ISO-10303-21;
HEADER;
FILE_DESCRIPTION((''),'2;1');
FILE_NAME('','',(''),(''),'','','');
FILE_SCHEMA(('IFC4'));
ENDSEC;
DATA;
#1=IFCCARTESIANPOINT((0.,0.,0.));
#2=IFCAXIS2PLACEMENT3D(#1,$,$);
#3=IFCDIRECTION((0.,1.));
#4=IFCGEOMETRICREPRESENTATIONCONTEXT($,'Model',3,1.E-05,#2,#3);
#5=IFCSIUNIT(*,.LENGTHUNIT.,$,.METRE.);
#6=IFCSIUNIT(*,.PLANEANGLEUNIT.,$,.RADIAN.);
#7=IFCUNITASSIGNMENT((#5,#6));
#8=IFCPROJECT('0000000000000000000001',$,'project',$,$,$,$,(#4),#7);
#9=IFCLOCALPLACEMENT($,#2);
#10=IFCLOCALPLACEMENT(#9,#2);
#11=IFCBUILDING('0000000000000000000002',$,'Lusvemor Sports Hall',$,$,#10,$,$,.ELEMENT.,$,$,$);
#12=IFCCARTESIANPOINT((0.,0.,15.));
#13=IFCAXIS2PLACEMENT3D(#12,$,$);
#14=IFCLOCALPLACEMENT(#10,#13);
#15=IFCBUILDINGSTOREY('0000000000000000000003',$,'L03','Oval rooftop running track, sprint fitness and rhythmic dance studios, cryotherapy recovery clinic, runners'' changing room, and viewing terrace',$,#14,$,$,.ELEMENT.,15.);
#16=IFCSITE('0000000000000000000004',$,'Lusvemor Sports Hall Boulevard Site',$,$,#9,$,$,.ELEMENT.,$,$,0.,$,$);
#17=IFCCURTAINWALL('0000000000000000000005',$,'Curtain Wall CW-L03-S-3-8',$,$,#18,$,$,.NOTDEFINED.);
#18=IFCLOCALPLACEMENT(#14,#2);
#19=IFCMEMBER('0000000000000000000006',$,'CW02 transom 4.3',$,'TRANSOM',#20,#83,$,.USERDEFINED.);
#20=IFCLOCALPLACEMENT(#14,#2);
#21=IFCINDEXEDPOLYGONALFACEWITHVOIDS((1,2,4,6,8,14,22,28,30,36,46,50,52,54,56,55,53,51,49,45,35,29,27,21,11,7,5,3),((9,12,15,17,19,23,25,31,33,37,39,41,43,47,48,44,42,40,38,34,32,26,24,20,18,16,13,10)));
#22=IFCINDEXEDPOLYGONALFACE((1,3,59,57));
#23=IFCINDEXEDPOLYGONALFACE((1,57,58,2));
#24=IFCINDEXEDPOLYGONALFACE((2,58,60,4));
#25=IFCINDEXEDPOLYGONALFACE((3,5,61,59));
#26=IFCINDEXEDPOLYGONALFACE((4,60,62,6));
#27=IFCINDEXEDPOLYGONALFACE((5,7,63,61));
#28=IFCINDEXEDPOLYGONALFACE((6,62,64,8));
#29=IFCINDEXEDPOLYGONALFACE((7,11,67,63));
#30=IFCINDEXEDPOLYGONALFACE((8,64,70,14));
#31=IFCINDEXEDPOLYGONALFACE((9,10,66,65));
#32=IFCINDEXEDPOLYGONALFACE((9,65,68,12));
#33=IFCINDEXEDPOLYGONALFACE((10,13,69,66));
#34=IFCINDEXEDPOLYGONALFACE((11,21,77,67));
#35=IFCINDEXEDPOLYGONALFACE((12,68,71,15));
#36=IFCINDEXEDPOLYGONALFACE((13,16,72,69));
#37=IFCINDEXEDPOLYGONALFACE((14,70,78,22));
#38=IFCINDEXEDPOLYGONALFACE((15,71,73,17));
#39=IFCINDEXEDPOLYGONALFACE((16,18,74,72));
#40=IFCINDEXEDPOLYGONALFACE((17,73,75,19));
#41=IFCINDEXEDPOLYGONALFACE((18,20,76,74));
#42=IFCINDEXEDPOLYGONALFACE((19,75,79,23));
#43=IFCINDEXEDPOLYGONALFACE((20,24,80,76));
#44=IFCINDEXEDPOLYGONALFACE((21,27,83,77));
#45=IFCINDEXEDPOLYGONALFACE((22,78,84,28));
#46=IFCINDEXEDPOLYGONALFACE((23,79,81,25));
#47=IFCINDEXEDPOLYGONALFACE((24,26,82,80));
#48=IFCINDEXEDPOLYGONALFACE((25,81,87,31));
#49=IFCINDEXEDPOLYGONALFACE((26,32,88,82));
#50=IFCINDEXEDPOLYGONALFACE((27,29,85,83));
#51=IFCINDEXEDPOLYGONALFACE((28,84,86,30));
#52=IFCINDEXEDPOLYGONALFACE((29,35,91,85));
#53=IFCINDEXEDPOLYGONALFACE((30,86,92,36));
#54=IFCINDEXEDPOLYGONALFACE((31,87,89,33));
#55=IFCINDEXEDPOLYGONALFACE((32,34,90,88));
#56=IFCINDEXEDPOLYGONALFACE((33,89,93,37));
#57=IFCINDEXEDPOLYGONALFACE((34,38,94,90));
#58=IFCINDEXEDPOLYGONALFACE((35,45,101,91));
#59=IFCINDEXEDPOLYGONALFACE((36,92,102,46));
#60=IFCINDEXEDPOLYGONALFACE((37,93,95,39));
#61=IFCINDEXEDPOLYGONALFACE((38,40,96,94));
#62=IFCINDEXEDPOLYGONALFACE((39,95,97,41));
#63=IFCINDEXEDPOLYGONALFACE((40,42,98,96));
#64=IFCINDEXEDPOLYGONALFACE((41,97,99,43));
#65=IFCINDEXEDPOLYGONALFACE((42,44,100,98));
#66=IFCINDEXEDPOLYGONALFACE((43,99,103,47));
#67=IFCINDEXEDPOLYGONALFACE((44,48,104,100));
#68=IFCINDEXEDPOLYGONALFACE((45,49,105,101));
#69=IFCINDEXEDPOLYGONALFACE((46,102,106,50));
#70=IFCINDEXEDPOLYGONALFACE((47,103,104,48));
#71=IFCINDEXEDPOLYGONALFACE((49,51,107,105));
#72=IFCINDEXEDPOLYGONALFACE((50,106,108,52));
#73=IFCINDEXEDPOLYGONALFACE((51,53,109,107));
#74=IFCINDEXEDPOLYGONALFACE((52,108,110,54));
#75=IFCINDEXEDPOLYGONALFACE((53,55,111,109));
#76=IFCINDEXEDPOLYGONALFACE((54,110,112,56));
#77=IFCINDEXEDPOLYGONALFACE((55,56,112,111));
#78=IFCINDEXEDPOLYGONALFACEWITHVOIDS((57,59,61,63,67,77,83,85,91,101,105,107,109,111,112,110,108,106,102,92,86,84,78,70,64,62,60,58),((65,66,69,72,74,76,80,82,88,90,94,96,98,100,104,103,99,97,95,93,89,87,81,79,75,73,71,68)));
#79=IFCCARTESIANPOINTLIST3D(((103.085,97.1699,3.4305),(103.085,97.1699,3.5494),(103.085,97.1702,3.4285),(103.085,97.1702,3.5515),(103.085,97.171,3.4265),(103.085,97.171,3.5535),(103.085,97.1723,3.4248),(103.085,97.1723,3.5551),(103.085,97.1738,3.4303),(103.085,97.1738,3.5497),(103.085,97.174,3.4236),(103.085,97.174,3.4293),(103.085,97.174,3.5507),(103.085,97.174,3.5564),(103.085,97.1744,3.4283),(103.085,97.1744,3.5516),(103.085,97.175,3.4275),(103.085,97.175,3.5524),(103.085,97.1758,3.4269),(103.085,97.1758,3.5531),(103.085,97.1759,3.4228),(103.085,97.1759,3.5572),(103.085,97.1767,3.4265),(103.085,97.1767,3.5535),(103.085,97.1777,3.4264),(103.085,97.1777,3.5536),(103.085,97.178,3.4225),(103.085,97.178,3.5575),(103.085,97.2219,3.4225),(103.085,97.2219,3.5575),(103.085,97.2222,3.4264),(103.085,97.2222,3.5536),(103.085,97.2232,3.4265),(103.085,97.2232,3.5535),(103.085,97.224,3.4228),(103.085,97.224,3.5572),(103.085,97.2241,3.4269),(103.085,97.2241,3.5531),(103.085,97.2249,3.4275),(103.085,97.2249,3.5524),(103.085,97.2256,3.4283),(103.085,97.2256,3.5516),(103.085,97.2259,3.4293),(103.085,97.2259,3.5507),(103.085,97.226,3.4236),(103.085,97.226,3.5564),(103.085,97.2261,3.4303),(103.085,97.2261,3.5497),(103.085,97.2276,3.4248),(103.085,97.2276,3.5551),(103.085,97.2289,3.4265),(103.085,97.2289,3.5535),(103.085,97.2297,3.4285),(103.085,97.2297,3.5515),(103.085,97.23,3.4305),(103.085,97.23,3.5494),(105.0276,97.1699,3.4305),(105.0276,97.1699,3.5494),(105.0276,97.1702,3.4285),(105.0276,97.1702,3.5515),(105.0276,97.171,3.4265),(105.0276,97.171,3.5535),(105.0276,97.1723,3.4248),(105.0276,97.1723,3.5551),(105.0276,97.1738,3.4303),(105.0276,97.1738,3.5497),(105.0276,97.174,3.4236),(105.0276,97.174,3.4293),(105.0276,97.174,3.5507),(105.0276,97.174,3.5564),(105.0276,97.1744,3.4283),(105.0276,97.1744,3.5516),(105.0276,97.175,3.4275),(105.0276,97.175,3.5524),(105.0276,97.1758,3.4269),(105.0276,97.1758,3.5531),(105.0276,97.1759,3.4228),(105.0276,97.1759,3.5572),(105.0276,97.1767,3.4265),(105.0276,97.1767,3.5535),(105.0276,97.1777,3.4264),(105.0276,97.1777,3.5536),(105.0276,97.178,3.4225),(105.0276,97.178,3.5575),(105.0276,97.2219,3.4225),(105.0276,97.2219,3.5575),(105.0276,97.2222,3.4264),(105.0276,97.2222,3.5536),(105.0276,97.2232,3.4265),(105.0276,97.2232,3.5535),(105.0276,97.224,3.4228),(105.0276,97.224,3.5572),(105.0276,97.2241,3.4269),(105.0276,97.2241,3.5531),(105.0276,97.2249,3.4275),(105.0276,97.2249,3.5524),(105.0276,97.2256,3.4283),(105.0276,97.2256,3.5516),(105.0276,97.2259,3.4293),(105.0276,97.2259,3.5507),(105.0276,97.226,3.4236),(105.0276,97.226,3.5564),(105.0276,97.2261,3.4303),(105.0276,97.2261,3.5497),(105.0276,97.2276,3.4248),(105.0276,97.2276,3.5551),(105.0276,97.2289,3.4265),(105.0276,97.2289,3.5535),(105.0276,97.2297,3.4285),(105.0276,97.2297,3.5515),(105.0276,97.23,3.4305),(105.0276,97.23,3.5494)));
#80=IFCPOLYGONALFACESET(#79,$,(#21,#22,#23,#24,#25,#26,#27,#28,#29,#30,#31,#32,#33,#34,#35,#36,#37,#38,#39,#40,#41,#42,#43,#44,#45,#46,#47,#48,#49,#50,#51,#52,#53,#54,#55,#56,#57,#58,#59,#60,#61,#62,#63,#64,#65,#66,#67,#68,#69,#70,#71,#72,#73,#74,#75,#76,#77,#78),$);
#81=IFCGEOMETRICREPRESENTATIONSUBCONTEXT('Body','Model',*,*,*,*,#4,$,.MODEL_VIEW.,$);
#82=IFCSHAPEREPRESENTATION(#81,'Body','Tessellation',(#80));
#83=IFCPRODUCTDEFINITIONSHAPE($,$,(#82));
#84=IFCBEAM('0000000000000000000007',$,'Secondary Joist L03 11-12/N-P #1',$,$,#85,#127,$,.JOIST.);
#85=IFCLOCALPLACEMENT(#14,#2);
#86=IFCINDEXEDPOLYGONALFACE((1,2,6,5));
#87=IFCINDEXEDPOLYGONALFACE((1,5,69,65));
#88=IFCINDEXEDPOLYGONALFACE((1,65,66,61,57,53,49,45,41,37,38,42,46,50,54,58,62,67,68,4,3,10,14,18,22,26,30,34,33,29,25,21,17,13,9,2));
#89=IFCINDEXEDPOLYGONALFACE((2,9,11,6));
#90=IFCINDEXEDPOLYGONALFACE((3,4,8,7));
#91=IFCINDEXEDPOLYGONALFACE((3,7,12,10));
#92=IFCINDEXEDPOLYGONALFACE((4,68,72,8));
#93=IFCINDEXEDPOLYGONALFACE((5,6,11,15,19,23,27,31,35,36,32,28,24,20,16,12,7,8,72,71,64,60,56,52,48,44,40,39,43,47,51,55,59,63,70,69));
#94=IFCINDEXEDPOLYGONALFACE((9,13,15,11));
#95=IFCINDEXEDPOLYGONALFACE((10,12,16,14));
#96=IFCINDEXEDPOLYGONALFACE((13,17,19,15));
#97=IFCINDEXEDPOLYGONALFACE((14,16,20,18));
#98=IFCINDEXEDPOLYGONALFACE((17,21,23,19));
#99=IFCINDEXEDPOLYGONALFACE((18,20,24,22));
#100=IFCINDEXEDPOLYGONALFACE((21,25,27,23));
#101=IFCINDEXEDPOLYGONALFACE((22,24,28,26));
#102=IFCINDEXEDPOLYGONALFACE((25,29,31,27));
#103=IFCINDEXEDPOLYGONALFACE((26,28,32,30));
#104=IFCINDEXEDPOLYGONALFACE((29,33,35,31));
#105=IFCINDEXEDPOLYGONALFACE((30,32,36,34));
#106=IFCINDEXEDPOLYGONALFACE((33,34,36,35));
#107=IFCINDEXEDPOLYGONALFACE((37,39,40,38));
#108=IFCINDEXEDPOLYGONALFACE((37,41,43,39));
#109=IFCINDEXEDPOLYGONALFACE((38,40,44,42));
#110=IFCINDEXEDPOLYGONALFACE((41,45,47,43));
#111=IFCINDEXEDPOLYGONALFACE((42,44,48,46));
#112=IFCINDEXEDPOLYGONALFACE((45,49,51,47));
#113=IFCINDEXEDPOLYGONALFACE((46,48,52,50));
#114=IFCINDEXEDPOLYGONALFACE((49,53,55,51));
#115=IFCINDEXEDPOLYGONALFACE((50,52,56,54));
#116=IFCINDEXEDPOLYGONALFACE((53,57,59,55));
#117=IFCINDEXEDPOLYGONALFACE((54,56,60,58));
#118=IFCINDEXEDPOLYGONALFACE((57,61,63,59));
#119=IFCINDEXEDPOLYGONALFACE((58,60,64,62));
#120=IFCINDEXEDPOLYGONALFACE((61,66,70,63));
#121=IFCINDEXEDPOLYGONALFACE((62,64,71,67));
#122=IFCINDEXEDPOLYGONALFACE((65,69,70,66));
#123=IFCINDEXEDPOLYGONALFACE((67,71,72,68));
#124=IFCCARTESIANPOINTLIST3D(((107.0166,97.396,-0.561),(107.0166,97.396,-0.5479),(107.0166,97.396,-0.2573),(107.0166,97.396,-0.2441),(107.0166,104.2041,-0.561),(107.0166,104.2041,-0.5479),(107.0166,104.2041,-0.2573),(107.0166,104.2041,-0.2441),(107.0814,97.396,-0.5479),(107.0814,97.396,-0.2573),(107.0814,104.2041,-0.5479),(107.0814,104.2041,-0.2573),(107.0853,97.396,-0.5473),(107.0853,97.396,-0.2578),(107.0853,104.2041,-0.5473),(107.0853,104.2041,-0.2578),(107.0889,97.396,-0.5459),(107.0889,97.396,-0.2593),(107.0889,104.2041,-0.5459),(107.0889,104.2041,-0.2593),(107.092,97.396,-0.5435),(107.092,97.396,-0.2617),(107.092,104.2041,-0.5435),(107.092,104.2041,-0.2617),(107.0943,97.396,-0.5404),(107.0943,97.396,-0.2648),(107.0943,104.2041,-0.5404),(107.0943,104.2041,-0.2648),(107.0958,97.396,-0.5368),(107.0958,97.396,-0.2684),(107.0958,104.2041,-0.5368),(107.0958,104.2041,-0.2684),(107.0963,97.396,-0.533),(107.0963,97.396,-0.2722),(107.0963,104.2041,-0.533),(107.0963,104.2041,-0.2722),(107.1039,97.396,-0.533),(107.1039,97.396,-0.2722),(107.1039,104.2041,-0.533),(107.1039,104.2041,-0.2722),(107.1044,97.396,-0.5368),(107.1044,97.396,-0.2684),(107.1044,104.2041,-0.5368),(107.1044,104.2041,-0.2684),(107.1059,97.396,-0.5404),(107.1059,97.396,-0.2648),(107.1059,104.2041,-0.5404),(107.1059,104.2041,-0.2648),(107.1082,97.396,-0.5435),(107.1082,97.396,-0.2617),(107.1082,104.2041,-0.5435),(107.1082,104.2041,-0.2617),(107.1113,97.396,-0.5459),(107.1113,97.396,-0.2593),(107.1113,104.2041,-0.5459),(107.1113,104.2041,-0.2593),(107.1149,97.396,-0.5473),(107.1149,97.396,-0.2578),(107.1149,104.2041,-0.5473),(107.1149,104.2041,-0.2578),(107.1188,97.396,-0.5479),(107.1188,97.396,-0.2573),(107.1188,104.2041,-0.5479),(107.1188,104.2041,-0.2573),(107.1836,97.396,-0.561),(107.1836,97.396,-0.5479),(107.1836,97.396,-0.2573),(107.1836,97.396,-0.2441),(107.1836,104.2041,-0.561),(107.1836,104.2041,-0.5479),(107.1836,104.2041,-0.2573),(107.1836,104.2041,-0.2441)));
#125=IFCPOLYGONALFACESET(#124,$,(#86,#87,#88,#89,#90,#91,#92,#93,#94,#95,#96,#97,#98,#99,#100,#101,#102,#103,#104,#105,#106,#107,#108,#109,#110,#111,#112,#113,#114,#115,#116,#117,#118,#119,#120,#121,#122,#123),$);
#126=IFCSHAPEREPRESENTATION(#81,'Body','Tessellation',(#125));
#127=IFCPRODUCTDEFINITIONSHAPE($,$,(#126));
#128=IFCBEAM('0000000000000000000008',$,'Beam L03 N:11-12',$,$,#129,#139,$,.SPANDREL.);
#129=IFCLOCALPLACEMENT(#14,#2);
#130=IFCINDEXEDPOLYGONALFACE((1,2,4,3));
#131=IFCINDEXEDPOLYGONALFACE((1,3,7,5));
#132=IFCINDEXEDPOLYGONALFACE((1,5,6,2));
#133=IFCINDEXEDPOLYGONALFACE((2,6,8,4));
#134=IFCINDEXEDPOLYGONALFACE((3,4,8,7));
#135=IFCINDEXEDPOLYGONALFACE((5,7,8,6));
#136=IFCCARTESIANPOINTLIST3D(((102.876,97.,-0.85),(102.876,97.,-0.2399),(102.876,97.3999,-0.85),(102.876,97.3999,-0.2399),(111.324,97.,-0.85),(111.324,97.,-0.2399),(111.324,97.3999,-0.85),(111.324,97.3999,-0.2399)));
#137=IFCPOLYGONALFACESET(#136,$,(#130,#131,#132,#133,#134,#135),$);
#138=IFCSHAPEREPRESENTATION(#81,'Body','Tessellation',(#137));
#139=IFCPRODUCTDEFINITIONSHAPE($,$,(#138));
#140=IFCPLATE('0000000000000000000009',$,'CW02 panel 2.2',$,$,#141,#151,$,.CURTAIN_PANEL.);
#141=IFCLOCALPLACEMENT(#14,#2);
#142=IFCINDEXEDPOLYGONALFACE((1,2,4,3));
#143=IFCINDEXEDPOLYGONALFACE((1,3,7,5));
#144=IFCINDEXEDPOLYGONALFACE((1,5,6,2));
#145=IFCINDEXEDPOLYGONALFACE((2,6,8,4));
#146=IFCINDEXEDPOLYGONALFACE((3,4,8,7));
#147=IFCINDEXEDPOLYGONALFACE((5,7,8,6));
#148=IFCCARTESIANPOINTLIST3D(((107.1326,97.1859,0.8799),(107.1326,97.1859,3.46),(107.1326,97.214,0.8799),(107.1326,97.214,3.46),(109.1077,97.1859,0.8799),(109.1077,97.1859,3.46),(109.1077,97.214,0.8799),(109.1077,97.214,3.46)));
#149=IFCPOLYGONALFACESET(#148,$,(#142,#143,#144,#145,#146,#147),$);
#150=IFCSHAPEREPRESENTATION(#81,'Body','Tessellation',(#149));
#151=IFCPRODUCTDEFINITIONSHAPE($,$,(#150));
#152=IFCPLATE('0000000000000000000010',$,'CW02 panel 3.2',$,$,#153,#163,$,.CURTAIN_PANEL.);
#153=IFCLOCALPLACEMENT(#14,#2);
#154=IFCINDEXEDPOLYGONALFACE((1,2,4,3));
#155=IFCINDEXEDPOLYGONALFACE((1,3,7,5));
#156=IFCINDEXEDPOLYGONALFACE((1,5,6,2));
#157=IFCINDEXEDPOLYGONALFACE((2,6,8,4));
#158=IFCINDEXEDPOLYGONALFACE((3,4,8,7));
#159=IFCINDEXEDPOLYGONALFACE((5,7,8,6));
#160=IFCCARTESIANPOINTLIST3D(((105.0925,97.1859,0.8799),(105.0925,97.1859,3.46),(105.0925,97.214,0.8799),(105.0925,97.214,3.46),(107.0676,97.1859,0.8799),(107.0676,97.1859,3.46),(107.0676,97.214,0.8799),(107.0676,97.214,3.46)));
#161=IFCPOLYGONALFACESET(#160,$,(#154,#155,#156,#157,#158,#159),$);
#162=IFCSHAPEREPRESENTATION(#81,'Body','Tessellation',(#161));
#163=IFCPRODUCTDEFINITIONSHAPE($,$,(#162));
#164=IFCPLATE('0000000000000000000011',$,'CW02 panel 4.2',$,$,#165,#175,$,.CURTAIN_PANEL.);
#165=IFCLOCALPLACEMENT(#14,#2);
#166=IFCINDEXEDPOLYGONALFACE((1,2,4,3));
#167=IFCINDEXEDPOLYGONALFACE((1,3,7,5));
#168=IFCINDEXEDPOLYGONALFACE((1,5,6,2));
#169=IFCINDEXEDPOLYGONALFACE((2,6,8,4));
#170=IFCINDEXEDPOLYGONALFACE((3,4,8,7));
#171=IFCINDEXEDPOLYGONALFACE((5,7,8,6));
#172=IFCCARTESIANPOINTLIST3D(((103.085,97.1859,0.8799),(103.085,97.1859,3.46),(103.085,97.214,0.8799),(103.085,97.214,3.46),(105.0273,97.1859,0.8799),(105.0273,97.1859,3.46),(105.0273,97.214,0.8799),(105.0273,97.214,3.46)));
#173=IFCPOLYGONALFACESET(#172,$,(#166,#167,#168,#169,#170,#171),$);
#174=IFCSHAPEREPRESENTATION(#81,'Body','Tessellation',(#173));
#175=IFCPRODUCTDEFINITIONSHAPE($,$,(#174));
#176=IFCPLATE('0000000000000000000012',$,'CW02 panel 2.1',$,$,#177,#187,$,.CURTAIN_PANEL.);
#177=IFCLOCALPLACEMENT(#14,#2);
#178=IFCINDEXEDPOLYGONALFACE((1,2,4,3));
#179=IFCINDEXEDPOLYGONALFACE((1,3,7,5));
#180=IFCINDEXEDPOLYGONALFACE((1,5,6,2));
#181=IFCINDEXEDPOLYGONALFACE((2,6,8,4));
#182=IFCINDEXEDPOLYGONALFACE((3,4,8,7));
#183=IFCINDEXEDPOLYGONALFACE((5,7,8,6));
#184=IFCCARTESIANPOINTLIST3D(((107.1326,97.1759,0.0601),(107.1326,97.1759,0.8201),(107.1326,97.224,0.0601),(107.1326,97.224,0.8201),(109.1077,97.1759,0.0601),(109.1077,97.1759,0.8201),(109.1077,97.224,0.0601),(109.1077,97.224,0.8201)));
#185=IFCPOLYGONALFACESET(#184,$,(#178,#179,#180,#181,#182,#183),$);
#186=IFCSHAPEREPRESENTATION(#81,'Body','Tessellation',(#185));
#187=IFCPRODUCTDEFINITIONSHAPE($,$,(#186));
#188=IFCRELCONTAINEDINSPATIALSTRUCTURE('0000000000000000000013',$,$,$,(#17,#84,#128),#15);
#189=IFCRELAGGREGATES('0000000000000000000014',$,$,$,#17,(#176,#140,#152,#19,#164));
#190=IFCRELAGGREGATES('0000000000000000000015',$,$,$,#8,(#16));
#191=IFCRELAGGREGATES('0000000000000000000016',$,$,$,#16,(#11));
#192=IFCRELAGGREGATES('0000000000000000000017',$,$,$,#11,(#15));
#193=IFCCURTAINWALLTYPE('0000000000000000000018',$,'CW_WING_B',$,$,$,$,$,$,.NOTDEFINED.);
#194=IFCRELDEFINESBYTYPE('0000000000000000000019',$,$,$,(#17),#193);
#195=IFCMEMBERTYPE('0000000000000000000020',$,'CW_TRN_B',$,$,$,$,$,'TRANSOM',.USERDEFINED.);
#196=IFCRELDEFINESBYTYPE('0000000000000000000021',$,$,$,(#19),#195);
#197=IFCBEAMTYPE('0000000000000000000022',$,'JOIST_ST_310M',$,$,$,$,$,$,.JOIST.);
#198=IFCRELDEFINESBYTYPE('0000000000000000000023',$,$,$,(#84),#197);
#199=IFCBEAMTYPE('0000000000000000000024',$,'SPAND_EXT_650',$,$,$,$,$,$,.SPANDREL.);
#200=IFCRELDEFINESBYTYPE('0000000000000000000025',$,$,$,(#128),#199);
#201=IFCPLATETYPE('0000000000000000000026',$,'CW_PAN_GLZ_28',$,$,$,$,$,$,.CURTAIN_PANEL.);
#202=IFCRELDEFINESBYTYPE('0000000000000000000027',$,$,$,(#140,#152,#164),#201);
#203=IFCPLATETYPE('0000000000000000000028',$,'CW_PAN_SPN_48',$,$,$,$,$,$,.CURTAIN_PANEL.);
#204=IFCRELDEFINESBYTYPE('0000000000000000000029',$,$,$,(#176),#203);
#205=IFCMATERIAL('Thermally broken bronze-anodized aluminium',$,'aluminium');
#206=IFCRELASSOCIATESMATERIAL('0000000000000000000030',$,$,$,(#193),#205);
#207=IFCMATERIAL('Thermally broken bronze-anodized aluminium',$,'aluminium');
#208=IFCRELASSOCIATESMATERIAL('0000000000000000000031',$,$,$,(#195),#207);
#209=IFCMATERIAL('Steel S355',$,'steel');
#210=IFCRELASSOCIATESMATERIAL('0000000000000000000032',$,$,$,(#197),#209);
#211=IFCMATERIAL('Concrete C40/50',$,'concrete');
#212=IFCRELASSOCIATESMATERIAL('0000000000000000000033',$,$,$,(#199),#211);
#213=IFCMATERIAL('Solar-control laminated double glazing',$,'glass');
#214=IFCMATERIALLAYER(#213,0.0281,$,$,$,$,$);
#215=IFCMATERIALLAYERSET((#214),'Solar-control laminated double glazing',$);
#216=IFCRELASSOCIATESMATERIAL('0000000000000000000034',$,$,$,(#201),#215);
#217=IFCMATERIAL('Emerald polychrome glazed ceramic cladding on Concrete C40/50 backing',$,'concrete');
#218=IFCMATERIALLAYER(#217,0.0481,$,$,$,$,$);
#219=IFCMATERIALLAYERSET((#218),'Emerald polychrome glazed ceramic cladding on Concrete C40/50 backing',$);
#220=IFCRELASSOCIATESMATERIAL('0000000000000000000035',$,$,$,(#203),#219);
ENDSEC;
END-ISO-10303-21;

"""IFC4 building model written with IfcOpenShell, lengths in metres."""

from ifc_helpers import new_model, si_unit, direction, frame, origin, origin_2d, place, context, subcontext, project, spatial, rectangle, hollow_rectangle, i_section, extrude, material, layer, layer_set, material_profile, profile_set, type_object, element, aggregate, save


model = new_model("IFC4")

# Units and contexts
model_context = context("Model", 3, precision=1e-05, world=origin(), true_north=direction((0.0, 1.0)))
body_context = subcontext(model_context, "Body", "Model", "MODEL_VIEW")
ifc_project = project(units=[si_unit("LENGTHUNIT", "METRE"), si_unit("PLANEANGLEUNIT", "RADIAN")], contexts=[model_context])

# Site, building, storey
site_placement = place(None, origin())
site = spatial("IfcSite", under=ifc_project, at=site_placement, Name="Lusvemor Sports Hall Boulevard Site", CompositionType="ELEMENT", RefElevation=0.0)
building_placement = place(site_placement, origin())
building = spatial("IfcBuilding", under=site, at=building_placement, Name="Lusvemor Sports Hall", CompositionType="ELEMENT")
storey_placement = place(building_placement, frame((0.0, 0.0, 15.0)))
storey = spatial("IfcBuildingStorey", under=building, at=storey_placement, Name="L03", Description="Oval rooftop running track, sprint fitness and rhythmic dance studios, cryotherapy recovery clinic, runners' changing room, and viewing terrace", CompositionType="ELEMENT", Elevation=15.0)

# Curtain wall, member
ifc_material_1 = material(Name="Thermally broken bronze-anodized aluminium", Category="aluminium")
curtain_wall_type = type_object("IfcCurtainWallType", Name="CW_WING_B", PredefinedType="NOTDEFINED", material=ifc_material_1)
curtain_wall_placement = place(storey_placement, origin())
curtain_wall = element("IfcCurtainWall", 1, at=curtain_wall_placement, inside=storey, type_object=curtain_wall_type, Name="Curtain Wall CW-L03-S-3-8", PredefinedType="NOTDEFINED")
ifc_material_2 = material(Name="Thermally broken bronze-anodized aluminium", Category="aluminium")
ifc_material_profile_1 = material_profile(ifc_material_2, hollow_rectangle(XDim=0.0601, YDim=0.135, WallThickness=0.0039, InnerFilletRadius=0.0039, OuterFilletRadius=0.0081, at=origin_2d()), Name="CWTRN135x60x4")
ifc_profile_set_1 = profile_set([ifc_material_profile_1], Name="Thermally broken bronze-anodized aluminium")
member_type_1 = type_object("IfcMemberType", Name="CW_TRN_B", ElementType="TRANSOM", PredefinedType="USERDEFINED", material=ifc_profile_set_1)
member_1_placement = place(storey_placement, frame((105.0276, 97.2, 3.49), z_axis=(-1.0, 0.0, 0.0), x_axis=(0.0, -1.0, 0.0)))
member_1 = element("IfcMember", 2, at=member_1_placement, type_object=member_type_1, Name="CW02 transom 4.3", ObjectType="TRANSOM", PredefinedType="USERDEFINED", context=body_context, shape_type="SweptSolid", body=[
    extrude(hollow_rectangle(XDim=0.0601, YDim=0.135, WallThickness=0.0039, InnerFilletRadius=0.0039, OuterFilletRadius=0.0081, at=origin_2d()), origin(), (0.0, 0.0, 1.0), 1.9426),
])

# Beams
ifc_material_3 = material(Name="Steel S355", Category="steel")
ifc_material_profile_2 = material_profile(ifc_material_3, i_section(OverallWidth=0.167, OverallDepth=0.3169, WebThickness=0.0076, FlangeThickness=0.0132, FilletRadius=0.0149, at=origin_2d()), Name="W310x52.0")
ifc_profile_set_2 = profile_set([ifc_material_profile_2], Name="Steel S355")
beam_type_1 = type_object("IfcBeamType", Name="JOIST_ST_310M", PredefinedType="JOIST", material=ifc_profile_set_2)
beam_1_placement = place(storey_placement, frame((107.1001, 97.396, -0.4026), z_axis=(0.0, 1.0, 0.0), x_axis=(-1.0, 0.0, 0.0)))
element("IfcBeam", 3, at=beam_1_placement, inside=storey, type_object=beam_type_1, Name="Secondary Joist L03 11-12/N-P #1", PredefinedType="JOIST", context=body_context, shape_type="SweptSolid", body=[
    extrude(i_section(OverallWidth=0.167, OverallDepth=0.3169, WebThickness=0.0076, FlangeThickness=0.0132, FilletRadius=0.0149, at=origin_2d()), origin(), (0.0, 0.0, 1.0), 6.8081),
])
ifc_material_4 = material(Name="Concrete C40/50", Category="concrete")
ifc_material_profile_3 = material_profile(ifc_material_4, rectangle(XDim=0.3999, YDim=0.6101, at=origin_2d()), Name="RC400x610")
ifc_profile_set_3 = profile_set([ifc_material_profile_3], Name="Concrete C40/50")
beam_type_2 = type_object("IfcBeamType", Name="SPAND_EXT_650", PredefinedType="SPANDREL", material=ifc_profile_set_3)
beam_2_placement = place(storey_placement, frame((102.876, 97.2, -0.5449), z_axis=(1.0, 0.0, 0.0), x_axis=(0.0, 1.0, 0.0)))
element("IfcBeam", 4, at=beam_2_placement, inside=storey, type_object=beam_type_2, Name="Beam L03 N:11-12", PredefinedType="SPANDREL", context=body_context, shape_type="SweptSolid", body=[
    extrude(rectangle(XDim=0.3999, YDim=0.6101, at=origin_2d()), origin(), (0.0, 0.0, 1.0), 8.448),
])

# Plates
ifc_material_5 = material(Name="Solar-control laminated double glazing", Category="glass")
ifc_layer_1 = layer(ifc_material_5, 0.0281)
ifc_layer_set_1 = layer_set([ifc_layer_1], Name="Solar-control laminated double glazing")
plate_type_1 = type_object("IfcPlateType", Name="CW_PAN_GLZ_28", PredefinedType="CURTAIN_PANEL", material=ifc_layer_set_1)
plate_1_placement = place(storey_placement, frame((108.1201, 97.2, 0.8799), z_axis=(0.0, 0.0, 1.0), x_axis=(-1.0, 0.0, 0.0)))
plate_1 = element("IfcPlate", 5, at=plate_1_placement, type_object=plate_type_1, Name="CW02 panel 2.2", PredefinedType="CURTAIN_PANEL", context=body_context, shape_type="SweptSolid", body=[
    extrude(rectangle(XDim=1.9751, YDim=0.0281, at=origin_2d()), origin(), (0.0, 0.0, 1.0), 2.5801),
])
plate_2_placement = place(storey_placement, frame((106.0801, 97.2, 0.8799), z_axis=(0.0, 0.0, 1.0), x_axis=(-1.0, 0.0, 0.0)))
plate_2 = element("IfcPlate", 6, at=plate_2_placement, type_object=plate_type_1, Name="CW02 panel 3.2", PredefinedType="CURTAIN_PANEL", context=body_context, shape_type="SweptSolid", body=[
    extrude(rectangle(XDim=1.9751, YDim=0.0281, at=origin_2d()), origin(), (0.0, 0.0, 1.0), 2.5801),
])
plate_3_placement = place(storey_placement, frame((104.0562, 97.2, 0.8799), z_axis=(0.0, 0.0, 1.0), x_axis=(-1.0, 0.0, 0.0)))
plate_3 = element("IfcPlate", 7, at=plate_3_placement, type_object=plate_type_1, Name="CW02 panel 4.2", PredefinedType="CURTAIN_PANEL", context=body_context, shape_type="SweptSolid", body=[
    extrude(rectangle(XDim=1.9424, YDim=0.0281, at=origin_2d()), origin(), (0.0, 0.0, 1.0), 2.5801),
])
ifc_material_6 = material(Name="Emerald polychrome glazed ceramic cladding on Concrete C40/50 backing", Category="concrete")
ifc_layer_2 = layer(ifc_material_6, 0.0481)
ifc_layer_set_2 = layer_set([ifc_layer_2], Name="Emerald polychrome glazed ceramic cladding on Concrete C40/50 backing")
plate_type_2 = type_object("IfcPlateType", Name="CW_PAN_SPN_48", PredefinedType="CURTAIN_PANEL", material=ifc_layer_set_2)
plate_4_placement = place(storey_placement, frame((108.1201, 97.2, 0.0601), z_axis=(0.0, 0.0, 1.0), x_axis=(-1.0, 0.0, 0.0)))
plate_4 = element("IfcPlate", 8, at=plate_4_placement, type_object=plate_type_2, Name="CW02 panel 2.1", PredefinedType="CURTAIN_PANEL", context=body_context, shape_type="SweptSolid", body=[
    extrude(rectangle(XDim=1.9751, YDim=0.0481, at=origin_2d()), origin(), (0.0, 0.0, 1.0), 0.76),
])
aggregate(curtain_wall, [plate_4, plate_1, plate_2, member_1, plate_3])

save(model, "model.ifc")
